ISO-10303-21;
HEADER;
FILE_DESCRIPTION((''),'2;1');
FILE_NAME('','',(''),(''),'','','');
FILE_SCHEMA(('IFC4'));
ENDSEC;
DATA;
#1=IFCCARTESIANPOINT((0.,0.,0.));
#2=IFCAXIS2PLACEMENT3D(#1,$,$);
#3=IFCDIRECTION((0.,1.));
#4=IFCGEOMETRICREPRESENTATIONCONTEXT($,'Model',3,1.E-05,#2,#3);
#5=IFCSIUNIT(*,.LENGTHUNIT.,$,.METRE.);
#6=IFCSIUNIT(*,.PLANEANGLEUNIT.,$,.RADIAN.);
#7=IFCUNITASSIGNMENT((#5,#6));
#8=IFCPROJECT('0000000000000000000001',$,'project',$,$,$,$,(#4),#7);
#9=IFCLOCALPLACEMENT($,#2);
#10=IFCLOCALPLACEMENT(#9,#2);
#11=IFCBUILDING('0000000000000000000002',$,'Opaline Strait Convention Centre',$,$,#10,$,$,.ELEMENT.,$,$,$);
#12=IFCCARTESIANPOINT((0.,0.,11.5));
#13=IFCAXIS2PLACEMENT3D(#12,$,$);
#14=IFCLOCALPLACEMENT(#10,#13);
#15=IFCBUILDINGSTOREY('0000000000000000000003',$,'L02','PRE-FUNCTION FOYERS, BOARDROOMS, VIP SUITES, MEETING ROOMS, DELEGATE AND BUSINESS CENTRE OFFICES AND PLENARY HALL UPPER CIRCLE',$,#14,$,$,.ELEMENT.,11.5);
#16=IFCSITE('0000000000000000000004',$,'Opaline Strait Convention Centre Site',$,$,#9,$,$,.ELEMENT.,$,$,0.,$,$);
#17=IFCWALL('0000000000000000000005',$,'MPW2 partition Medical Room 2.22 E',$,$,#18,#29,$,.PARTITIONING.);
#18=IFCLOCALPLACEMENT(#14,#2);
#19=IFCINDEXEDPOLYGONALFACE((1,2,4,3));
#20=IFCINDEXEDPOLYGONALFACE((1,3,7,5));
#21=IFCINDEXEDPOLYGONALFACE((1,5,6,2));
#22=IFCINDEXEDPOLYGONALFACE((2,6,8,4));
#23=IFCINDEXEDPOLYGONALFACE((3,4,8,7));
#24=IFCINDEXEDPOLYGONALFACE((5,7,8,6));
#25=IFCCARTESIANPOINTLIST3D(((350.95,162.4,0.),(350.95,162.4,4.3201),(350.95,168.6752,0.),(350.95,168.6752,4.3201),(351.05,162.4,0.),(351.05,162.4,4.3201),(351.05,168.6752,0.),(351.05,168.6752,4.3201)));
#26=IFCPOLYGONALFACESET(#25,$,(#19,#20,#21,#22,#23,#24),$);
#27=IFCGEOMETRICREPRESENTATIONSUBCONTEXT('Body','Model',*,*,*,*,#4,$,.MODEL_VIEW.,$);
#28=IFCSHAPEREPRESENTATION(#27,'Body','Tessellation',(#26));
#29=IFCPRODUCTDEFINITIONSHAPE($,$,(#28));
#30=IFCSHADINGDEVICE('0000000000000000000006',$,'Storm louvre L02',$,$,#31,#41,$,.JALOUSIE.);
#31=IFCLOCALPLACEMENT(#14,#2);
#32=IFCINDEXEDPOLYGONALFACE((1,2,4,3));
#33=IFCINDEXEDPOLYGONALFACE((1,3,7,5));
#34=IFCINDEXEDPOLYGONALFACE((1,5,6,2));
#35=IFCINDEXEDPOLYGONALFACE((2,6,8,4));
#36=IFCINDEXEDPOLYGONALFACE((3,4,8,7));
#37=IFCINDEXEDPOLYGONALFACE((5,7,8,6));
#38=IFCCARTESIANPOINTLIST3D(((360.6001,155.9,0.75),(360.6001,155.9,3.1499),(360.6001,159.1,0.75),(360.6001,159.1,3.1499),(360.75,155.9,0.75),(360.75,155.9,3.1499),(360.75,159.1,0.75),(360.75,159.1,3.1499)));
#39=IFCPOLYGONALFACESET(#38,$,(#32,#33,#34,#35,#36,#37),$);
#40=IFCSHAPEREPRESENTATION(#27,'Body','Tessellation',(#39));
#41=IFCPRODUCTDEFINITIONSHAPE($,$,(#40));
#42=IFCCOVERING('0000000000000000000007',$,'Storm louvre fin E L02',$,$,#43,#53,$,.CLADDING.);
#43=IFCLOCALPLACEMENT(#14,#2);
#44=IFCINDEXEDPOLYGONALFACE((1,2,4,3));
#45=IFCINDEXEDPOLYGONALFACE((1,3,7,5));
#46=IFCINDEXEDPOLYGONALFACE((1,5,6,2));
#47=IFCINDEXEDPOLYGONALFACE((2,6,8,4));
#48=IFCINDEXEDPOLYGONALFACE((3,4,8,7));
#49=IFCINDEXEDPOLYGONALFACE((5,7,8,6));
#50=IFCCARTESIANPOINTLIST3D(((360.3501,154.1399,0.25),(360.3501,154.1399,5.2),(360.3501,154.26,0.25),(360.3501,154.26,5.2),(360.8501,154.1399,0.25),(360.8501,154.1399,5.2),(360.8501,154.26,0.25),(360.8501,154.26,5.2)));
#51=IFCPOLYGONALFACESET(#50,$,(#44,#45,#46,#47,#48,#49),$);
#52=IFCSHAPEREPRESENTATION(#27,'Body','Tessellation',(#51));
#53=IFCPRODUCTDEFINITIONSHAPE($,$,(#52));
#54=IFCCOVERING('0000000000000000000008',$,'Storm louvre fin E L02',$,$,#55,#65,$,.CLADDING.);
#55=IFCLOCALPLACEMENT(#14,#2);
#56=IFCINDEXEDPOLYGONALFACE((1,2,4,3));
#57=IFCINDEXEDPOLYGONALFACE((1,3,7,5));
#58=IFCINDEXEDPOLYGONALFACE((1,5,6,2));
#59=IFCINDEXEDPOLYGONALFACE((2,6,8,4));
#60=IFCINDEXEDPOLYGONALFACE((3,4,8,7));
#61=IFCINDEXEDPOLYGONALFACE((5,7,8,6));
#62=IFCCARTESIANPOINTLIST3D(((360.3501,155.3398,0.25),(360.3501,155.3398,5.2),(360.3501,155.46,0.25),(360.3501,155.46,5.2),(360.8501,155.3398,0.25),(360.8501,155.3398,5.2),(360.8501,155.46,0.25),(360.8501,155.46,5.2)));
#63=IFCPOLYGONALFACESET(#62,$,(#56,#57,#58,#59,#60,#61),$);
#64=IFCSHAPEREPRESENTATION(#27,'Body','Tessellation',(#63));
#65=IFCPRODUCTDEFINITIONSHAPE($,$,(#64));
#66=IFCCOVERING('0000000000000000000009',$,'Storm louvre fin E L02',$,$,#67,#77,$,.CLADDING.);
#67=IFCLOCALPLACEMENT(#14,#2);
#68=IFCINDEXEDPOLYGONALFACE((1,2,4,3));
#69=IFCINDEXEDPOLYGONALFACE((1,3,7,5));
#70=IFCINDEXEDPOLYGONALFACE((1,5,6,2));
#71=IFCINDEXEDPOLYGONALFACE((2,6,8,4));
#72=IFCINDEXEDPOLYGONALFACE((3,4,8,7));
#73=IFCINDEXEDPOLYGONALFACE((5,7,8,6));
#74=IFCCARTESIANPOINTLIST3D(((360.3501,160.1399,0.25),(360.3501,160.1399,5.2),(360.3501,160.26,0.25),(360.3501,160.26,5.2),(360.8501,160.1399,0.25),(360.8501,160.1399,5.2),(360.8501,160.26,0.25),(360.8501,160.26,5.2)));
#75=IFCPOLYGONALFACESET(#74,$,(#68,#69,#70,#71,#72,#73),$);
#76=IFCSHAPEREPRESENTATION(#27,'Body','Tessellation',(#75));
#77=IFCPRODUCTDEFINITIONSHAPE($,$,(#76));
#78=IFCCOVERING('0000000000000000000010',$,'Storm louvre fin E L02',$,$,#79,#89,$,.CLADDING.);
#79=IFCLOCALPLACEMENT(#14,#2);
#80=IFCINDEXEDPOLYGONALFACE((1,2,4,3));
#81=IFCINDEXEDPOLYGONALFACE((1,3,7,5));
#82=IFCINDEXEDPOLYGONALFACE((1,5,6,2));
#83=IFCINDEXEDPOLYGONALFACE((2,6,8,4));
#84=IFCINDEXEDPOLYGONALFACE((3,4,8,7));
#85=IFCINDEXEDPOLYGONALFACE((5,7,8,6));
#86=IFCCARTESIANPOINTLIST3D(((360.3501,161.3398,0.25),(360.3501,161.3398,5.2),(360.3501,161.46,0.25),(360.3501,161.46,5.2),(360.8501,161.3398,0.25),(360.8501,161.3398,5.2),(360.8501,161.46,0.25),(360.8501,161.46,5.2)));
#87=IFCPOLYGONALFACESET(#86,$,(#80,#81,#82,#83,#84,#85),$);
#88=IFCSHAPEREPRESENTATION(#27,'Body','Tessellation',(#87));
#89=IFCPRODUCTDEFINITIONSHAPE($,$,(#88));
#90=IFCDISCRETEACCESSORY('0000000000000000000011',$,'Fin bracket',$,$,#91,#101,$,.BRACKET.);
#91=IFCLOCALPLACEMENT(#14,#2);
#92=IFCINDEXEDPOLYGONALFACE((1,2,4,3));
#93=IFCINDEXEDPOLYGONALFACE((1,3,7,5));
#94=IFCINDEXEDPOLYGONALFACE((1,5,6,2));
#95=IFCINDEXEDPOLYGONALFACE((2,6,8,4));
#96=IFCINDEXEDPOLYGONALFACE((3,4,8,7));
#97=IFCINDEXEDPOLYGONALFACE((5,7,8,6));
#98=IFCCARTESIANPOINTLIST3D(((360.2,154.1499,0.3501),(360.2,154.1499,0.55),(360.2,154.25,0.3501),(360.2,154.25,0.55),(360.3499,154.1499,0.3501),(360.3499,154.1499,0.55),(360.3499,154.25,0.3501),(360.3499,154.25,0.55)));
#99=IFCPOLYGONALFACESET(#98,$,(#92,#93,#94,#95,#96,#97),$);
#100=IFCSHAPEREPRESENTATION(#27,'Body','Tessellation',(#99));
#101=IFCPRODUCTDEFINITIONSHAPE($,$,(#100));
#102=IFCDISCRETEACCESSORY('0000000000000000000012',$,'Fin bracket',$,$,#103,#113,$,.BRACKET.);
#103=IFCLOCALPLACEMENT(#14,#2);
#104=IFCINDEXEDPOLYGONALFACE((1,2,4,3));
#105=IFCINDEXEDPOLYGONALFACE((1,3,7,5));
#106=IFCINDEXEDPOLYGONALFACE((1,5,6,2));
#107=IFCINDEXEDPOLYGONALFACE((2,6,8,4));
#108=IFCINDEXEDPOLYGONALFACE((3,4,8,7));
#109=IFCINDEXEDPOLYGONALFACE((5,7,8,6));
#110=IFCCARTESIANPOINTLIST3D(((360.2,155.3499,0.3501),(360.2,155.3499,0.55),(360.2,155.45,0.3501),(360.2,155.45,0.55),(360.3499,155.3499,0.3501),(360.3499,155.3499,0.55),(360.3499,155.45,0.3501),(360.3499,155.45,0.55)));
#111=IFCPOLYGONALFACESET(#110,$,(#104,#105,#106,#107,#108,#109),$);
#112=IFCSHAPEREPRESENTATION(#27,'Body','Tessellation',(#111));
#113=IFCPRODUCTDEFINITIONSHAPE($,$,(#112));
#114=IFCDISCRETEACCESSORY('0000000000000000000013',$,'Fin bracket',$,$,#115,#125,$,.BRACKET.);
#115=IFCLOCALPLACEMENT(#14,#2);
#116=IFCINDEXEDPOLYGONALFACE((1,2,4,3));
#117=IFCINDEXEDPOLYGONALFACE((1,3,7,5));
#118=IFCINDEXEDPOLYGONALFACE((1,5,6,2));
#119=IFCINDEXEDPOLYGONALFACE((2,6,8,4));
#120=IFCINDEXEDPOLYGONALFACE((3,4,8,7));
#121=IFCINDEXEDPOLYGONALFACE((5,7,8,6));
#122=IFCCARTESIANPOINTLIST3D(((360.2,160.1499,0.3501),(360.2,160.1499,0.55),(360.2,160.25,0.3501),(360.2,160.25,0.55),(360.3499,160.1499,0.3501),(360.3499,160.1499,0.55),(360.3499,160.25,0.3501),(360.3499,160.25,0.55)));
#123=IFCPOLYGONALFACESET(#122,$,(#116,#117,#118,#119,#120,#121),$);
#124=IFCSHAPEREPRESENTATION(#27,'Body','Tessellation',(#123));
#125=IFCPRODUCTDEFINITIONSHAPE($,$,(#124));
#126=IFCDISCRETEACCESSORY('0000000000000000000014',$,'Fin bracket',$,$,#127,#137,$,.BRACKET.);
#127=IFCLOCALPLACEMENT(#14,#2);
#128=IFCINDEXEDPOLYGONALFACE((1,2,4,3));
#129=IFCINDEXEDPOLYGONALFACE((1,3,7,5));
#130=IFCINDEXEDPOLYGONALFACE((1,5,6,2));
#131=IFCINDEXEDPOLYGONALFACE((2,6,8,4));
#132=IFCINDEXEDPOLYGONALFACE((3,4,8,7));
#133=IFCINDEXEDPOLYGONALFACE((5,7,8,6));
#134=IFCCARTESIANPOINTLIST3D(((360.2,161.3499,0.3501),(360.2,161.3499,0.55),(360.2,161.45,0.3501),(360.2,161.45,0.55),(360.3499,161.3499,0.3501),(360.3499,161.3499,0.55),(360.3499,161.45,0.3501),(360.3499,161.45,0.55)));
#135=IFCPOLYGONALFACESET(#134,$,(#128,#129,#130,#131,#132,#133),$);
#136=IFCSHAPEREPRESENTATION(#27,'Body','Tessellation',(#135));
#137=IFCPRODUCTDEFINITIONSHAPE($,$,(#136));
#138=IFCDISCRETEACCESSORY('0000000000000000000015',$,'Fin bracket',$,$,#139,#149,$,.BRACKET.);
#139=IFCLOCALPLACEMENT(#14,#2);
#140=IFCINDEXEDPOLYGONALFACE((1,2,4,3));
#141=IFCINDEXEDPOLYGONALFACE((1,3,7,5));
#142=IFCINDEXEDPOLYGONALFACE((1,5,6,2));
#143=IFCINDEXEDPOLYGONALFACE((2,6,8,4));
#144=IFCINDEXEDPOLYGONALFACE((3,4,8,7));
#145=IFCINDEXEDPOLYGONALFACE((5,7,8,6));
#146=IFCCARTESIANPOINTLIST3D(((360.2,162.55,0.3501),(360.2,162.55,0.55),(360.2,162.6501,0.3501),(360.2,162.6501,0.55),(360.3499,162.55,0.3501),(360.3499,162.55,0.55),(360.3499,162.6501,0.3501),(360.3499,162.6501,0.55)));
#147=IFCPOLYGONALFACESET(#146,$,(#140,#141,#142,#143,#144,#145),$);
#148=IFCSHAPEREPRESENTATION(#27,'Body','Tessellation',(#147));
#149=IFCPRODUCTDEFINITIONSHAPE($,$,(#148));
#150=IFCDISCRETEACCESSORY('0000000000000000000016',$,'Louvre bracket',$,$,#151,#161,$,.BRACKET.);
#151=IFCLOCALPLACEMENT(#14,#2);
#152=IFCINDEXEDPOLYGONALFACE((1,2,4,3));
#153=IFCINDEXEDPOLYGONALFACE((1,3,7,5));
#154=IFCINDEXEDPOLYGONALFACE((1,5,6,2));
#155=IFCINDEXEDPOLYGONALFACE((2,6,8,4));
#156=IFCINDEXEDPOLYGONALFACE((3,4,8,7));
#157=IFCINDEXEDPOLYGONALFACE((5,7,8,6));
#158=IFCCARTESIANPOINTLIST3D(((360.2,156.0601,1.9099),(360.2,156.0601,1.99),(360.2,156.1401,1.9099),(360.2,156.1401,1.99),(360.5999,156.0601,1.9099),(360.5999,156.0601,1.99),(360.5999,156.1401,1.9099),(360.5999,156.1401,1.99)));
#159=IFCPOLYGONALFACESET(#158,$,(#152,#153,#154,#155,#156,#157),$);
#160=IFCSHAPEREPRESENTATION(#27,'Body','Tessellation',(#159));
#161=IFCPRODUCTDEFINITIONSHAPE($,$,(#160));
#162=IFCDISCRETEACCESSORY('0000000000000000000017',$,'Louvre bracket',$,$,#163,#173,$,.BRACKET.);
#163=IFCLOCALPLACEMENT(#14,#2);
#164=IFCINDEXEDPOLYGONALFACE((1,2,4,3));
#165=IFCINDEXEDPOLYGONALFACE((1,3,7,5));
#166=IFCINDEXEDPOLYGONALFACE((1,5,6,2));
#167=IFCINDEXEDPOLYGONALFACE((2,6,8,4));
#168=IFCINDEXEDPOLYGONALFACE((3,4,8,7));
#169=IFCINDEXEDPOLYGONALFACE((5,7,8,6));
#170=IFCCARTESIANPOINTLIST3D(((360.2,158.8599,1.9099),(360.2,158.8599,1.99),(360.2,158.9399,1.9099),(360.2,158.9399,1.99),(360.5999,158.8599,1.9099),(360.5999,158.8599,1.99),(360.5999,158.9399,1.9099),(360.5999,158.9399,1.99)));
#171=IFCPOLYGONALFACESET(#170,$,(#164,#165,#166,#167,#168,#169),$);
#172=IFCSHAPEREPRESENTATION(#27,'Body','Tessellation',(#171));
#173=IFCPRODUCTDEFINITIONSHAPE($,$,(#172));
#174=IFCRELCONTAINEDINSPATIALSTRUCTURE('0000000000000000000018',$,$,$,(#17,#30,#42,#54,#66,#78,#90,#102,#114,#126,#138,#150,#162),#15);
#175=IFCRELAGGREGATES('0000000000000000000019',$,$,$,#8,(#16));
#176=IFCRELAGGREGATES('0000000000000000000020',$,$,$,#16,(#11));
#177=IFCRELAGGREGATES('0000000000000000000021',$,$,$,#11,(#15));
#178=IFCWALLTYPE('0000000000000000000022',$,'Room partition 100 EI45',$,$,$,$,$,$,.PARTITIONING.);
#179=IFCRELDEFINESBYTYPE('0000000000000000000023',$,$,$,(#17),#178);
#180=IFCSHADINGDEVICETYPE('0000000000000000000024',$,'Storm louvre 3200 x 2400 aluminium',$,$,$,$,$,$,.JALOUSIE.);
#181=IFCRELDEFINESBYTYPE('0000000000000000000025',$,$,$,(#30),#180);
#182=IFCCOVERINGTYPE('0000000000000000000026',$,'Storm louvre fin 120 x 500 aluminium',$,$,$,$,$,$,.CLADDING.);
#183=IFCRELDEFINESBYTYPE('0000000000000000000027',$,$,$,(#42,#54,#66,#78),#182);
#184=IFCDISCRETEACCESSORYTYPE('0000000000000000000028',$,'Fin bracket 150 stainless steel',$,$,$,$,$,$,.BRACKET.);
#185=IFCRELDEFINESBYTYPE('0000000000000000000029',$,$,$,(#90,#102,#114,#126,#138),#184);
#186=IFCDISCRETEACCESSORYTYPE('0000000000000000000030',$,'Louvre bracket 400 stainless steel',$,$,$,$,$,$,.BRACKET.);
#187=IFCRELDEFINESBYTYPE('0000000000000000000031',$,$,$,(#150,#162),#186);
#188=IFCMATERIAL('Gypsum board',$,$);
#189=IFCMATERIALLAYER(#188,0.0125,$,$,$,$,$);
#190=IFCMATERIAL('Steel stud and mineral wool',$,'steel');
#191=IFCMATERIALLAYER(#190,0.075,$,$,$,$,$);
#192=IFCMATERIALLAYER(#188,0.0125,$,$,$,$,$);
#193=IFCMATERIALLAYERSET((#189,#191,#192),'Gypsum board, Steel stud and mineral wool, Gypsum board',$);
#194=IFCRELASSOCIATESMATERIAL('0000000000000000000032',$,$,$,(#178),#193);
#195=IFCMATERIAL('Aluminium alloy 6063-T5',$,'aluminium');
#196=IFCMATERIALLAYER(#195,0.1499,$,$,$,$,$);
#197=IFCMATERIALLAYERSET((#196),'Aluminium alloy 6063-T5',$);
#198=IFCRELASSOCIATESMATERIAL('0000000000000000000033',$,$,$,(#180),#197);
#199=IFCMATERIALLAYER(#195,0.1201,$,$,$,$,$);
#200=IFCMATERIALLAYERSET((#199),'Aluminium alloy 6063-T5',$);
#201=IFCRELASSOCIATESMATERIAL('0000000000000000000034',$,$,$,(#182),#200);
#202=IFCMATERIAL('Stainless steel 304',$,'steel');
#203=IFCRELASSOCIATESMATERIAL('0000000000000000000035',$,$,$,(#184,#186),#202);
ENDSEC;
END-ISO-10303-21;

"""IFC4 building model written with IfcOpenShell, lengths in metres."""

from ifc_helpers import new_model, si_unit, direction, frame, frame_2d, origin, origin_2d, place, context, subcontext, project, spatial, rectangle, extrude, material, layer, layer_set, type_object, element, save


model = new_model("IFC4")

# Units and contexts
model_context = context("Model", 3, precision=1e-05, world=origin(), true_north=direction((0.0, 1.0)))
body_context = subcontext(model_context, "Body", "Model", "MODEL_VIEW")
ifc_project = project(units=[si_unit("LENGTHUNIT", "METRE"), si_unit("PLANEANGLEUNIT", "RADIAN")], contexts=[model_context])

# Site, building, storey
site_placement = place(None, origin())
site = spatial("IfcSite", under=ifc_project, at=site_placement, Name="Opaline Strait Convention Centre Site", CompositionType="ELEMENT", RefElevation=0.0)
building_placement = place(site_placement, origin())
building = spatial("IfcBuilding", under=site, at=building_placement, Name="Opaline Strait Convention Centre", CompositionType="ELEMENT")
storey_placement = place(building_placement, frame((0.0, 0.0, 11.5)))
storey = spatial("IfcBuildingStorey", under=building, at=storey_placement, Name="L02", Description="PRE-FUNCTION FOYERS, BOARDROOMS, VIP SUITES, MEETING ROOMS, DELEGATE AND BUSINESS CENTRE OFFICES AND PLENARY HALL UPPER CIRCLE", CompositionType="ELEMENT", Elevation=11.5)

# Shared definitions
ifc_material_1 = material(Name="Gypsum board")
ifc_material_2 = material(Name="Steel stud and mineral wool", Category="steel")

# Wall
ifc_layer_1 = layer(ifc_material_1, 0.0125)
ifc_layer_2 = layer(ifc_material_2, 0.075)
ifc_layer_3 = layer(ifc_material_1, 0.0125)
ifc_layer_set_1 = layer_set([ifc_layer_1, ifc_layer_2, ifc_layer_3], Name="Gypsum board, Steel stud and mineral wool, Gypsum board")
wall_type_1 = type_object("IfcWallType", Name="Room partition 100 EI45", PredefinedType="PARTITIONING", material=ifc_layer_set_1)
wall_1_placement = place(storey_placement, frame((351.0, 162.3999, 0.0), z_axis=(0.0, 0.0, 1.0), x_axis=(0.0, 1.0, 0.0)))
element("IfcWall", 1, at=wall_1_placement, inside=storey, type_object=wall_type_1, Name="MPW2 partition Medical Room 2.22 E", PredefinedType="PARTITIONING", context=body_context, shape_type="SweptSolid", body=[
    extrude(rectangle(XDim=6.2751, YDim=0.1001, at=frame_2d((3.1377, 0.0))), origin(), (0.0, 0.0, 1.0), 4.3201),
])

# Shading device
ifc_material_3 = material(Name="Aluminium alloy 6063-T5", Category="aluminium")
ifc_layer_4 = layer(ifc_material_3, 0.1499)
ifc_layer_set_2 = layer_set([ifc_layer_4], Name="Aluminium alloy 6063-T5")
shading_device_type = type_object("IfcShadingDeviceType", Name="Storm louvre 3200 x 2400 aluminium", PredefinedType="JALOUSIE", material=ifc_layer_set_2)
shading_device_placement = place(storey_placement, frame((360.675, 157.5, 0.75), z_axis=(0.0, 0.0, 1.0), x_axis=(1.0, 0.0, 0.0)))
element("IfcShadingDevice", 2, at=shading_device_placement, inside=storey, type_object=shading_device_type, Name="Storm louvre L02", PredefinedType="JALOUSIE", context=body_context, shape_type="SweptSolid", body=[
    extrude(rectangle(XDim=0.1499, YDim=3.2, at=origin_2d()), origin(), (0.0, 0.0, 1.0), 2.3999),
])

# Coverings
ifc_layer_5 = layer(ifc_material_3, 0.1201)
ifc_layer_set_3 = layer_set([ifc_layer_5], Name="Aluminium alloy 6063-T5")
covering_type = type_object("IfcCoveringType", Name="Storm louvre fin 120 x 500 aluminium", PredefinedType="CLADDING", material=ifc_layer_set_3)
for number, where, z_axis, x_axis, name in (
    (3, (360.6001, 154.2, 0.25), (0.0, 0.0, 1.0), (1.0, 0.0, 0.0), "Storm louvre fin E L02"),
    (4, (360.6001, 155.3999, 0.25), (0.0, 0.0, 1.0), (1.0, 0.0, 0.0), "Storm louvre fin E L02"),
    (5, (360.6001, 160.2, 0.25), (0.0, 0.0, 1.0), (1.0, 0.0, 0.0), "Storm louvre fin E L02"),
    (6, (360.6001, 161.3999, 0.25), (0.0, 0.0, 1.0), (1.0, 0.0, 0.0), "Storm louvre fin E L02"),
):
    element("IfcCovering", number, at=place(storey_placement, frame(where, z_axis=z_axis, x_axis=x_axis)), inside=storey, type_object=covering_type, Name=name, PredefinedType="CLADDING", context=body_context, shape_type="SweptSolid", body=[
        extrude(rectangle(XDim=0.5, YDim=0.1201, at=origin_2d()), origin(), (0.0, 0.0, 1.0), 4.95),
    ])

# Discrete accessories
ifc_material_4 = material(Name="Stainless steel 304", Category="steel")
discrete_accessory_type_1 = type_object("IfcDiscreteAccessoryType", Name="Fin bracket 150 stainless steel", PredefinedType="BRACKET", material=ifc_material_4)
for number, where, z_axis, x_axis, name in (
    (7, (360.2749, 154.2, 0.3501), (0.0, 0.0, 1.0), (1.0, 0.0, 0.0), "Fin bracket"),
    (8, (360.2749, 155.3999, 0.3501), (0.0, 0.0, 1.0), (1.0, 0.0, 0.0), "Fin bracket"),
    (9, (360.2749, 160.2, 0.3501), (0.0, 0.0, 1.0), (1.0, 0.0, 0.0), "Fin bracket"),
    (10, (360.2749, 161.3999, 0.3501), (0.0, 0.0, 1.0), (1.0, 0.0, 0.0), "Fin bracket"),
    (11, (360.2749, 162.6001, 0.3501), (0.0, 0.0, 1.0), (1.0, 0.0, 0.0), "Fin bracket"),
):
    element("IfcDiscreteAccessory", number, at=place(storey_placement, frame(where, z_axis=z_axis, x_axis=x_axis)), inside=storey, type_object=discrete_accessory_type_1, Name=name, PredefinedType="BRACKET", context=body_context, shape_type="SweptSolid", body=[
        extrude(rectangle(XDim=0.1499, YDim=0.1001, at=origin_2d()), origin(), (0.0, 0.0, 1.0), 0.2),
    ])
discrete_accessory_type_2 = type_object("IfcDiscreteAccessoryType", Name="Louvre bracket 400 stainless steel", PredefinedType="BRACKET", material=ifc_material_4)
for number, where, z_axis, x_axis, name in (
    (12, (360.3999, 156.1001, 1.9099), (0.0, 0.0, 1.0), (1.0, 0.0, 0.0), "Louvre bracket"),
    (13, (360.3999, 158.8999, 1.9099), (0.0, 0.0, 1.0), (1.0, 0.0, 0.0), "Louvre bracket"),
):
    element("IfcDiscreteAccessory", number, at=place(storey_placement, frame(where, z_axis=z_axis, x_axis=x_axis)), inside=storey, type_object=discrete_accessory_type_2, Name=name, PredefinedType="BRACKET", context=body_context, shape_type="SweptSolid", body=[
        extrude(rectangle(XDim=0.3999, YDim=0.0801, at=origin_2d()), origin(), (0.0, 0.0, 1.0), 0.0801),
    ])

save(model, "model.ifc")
